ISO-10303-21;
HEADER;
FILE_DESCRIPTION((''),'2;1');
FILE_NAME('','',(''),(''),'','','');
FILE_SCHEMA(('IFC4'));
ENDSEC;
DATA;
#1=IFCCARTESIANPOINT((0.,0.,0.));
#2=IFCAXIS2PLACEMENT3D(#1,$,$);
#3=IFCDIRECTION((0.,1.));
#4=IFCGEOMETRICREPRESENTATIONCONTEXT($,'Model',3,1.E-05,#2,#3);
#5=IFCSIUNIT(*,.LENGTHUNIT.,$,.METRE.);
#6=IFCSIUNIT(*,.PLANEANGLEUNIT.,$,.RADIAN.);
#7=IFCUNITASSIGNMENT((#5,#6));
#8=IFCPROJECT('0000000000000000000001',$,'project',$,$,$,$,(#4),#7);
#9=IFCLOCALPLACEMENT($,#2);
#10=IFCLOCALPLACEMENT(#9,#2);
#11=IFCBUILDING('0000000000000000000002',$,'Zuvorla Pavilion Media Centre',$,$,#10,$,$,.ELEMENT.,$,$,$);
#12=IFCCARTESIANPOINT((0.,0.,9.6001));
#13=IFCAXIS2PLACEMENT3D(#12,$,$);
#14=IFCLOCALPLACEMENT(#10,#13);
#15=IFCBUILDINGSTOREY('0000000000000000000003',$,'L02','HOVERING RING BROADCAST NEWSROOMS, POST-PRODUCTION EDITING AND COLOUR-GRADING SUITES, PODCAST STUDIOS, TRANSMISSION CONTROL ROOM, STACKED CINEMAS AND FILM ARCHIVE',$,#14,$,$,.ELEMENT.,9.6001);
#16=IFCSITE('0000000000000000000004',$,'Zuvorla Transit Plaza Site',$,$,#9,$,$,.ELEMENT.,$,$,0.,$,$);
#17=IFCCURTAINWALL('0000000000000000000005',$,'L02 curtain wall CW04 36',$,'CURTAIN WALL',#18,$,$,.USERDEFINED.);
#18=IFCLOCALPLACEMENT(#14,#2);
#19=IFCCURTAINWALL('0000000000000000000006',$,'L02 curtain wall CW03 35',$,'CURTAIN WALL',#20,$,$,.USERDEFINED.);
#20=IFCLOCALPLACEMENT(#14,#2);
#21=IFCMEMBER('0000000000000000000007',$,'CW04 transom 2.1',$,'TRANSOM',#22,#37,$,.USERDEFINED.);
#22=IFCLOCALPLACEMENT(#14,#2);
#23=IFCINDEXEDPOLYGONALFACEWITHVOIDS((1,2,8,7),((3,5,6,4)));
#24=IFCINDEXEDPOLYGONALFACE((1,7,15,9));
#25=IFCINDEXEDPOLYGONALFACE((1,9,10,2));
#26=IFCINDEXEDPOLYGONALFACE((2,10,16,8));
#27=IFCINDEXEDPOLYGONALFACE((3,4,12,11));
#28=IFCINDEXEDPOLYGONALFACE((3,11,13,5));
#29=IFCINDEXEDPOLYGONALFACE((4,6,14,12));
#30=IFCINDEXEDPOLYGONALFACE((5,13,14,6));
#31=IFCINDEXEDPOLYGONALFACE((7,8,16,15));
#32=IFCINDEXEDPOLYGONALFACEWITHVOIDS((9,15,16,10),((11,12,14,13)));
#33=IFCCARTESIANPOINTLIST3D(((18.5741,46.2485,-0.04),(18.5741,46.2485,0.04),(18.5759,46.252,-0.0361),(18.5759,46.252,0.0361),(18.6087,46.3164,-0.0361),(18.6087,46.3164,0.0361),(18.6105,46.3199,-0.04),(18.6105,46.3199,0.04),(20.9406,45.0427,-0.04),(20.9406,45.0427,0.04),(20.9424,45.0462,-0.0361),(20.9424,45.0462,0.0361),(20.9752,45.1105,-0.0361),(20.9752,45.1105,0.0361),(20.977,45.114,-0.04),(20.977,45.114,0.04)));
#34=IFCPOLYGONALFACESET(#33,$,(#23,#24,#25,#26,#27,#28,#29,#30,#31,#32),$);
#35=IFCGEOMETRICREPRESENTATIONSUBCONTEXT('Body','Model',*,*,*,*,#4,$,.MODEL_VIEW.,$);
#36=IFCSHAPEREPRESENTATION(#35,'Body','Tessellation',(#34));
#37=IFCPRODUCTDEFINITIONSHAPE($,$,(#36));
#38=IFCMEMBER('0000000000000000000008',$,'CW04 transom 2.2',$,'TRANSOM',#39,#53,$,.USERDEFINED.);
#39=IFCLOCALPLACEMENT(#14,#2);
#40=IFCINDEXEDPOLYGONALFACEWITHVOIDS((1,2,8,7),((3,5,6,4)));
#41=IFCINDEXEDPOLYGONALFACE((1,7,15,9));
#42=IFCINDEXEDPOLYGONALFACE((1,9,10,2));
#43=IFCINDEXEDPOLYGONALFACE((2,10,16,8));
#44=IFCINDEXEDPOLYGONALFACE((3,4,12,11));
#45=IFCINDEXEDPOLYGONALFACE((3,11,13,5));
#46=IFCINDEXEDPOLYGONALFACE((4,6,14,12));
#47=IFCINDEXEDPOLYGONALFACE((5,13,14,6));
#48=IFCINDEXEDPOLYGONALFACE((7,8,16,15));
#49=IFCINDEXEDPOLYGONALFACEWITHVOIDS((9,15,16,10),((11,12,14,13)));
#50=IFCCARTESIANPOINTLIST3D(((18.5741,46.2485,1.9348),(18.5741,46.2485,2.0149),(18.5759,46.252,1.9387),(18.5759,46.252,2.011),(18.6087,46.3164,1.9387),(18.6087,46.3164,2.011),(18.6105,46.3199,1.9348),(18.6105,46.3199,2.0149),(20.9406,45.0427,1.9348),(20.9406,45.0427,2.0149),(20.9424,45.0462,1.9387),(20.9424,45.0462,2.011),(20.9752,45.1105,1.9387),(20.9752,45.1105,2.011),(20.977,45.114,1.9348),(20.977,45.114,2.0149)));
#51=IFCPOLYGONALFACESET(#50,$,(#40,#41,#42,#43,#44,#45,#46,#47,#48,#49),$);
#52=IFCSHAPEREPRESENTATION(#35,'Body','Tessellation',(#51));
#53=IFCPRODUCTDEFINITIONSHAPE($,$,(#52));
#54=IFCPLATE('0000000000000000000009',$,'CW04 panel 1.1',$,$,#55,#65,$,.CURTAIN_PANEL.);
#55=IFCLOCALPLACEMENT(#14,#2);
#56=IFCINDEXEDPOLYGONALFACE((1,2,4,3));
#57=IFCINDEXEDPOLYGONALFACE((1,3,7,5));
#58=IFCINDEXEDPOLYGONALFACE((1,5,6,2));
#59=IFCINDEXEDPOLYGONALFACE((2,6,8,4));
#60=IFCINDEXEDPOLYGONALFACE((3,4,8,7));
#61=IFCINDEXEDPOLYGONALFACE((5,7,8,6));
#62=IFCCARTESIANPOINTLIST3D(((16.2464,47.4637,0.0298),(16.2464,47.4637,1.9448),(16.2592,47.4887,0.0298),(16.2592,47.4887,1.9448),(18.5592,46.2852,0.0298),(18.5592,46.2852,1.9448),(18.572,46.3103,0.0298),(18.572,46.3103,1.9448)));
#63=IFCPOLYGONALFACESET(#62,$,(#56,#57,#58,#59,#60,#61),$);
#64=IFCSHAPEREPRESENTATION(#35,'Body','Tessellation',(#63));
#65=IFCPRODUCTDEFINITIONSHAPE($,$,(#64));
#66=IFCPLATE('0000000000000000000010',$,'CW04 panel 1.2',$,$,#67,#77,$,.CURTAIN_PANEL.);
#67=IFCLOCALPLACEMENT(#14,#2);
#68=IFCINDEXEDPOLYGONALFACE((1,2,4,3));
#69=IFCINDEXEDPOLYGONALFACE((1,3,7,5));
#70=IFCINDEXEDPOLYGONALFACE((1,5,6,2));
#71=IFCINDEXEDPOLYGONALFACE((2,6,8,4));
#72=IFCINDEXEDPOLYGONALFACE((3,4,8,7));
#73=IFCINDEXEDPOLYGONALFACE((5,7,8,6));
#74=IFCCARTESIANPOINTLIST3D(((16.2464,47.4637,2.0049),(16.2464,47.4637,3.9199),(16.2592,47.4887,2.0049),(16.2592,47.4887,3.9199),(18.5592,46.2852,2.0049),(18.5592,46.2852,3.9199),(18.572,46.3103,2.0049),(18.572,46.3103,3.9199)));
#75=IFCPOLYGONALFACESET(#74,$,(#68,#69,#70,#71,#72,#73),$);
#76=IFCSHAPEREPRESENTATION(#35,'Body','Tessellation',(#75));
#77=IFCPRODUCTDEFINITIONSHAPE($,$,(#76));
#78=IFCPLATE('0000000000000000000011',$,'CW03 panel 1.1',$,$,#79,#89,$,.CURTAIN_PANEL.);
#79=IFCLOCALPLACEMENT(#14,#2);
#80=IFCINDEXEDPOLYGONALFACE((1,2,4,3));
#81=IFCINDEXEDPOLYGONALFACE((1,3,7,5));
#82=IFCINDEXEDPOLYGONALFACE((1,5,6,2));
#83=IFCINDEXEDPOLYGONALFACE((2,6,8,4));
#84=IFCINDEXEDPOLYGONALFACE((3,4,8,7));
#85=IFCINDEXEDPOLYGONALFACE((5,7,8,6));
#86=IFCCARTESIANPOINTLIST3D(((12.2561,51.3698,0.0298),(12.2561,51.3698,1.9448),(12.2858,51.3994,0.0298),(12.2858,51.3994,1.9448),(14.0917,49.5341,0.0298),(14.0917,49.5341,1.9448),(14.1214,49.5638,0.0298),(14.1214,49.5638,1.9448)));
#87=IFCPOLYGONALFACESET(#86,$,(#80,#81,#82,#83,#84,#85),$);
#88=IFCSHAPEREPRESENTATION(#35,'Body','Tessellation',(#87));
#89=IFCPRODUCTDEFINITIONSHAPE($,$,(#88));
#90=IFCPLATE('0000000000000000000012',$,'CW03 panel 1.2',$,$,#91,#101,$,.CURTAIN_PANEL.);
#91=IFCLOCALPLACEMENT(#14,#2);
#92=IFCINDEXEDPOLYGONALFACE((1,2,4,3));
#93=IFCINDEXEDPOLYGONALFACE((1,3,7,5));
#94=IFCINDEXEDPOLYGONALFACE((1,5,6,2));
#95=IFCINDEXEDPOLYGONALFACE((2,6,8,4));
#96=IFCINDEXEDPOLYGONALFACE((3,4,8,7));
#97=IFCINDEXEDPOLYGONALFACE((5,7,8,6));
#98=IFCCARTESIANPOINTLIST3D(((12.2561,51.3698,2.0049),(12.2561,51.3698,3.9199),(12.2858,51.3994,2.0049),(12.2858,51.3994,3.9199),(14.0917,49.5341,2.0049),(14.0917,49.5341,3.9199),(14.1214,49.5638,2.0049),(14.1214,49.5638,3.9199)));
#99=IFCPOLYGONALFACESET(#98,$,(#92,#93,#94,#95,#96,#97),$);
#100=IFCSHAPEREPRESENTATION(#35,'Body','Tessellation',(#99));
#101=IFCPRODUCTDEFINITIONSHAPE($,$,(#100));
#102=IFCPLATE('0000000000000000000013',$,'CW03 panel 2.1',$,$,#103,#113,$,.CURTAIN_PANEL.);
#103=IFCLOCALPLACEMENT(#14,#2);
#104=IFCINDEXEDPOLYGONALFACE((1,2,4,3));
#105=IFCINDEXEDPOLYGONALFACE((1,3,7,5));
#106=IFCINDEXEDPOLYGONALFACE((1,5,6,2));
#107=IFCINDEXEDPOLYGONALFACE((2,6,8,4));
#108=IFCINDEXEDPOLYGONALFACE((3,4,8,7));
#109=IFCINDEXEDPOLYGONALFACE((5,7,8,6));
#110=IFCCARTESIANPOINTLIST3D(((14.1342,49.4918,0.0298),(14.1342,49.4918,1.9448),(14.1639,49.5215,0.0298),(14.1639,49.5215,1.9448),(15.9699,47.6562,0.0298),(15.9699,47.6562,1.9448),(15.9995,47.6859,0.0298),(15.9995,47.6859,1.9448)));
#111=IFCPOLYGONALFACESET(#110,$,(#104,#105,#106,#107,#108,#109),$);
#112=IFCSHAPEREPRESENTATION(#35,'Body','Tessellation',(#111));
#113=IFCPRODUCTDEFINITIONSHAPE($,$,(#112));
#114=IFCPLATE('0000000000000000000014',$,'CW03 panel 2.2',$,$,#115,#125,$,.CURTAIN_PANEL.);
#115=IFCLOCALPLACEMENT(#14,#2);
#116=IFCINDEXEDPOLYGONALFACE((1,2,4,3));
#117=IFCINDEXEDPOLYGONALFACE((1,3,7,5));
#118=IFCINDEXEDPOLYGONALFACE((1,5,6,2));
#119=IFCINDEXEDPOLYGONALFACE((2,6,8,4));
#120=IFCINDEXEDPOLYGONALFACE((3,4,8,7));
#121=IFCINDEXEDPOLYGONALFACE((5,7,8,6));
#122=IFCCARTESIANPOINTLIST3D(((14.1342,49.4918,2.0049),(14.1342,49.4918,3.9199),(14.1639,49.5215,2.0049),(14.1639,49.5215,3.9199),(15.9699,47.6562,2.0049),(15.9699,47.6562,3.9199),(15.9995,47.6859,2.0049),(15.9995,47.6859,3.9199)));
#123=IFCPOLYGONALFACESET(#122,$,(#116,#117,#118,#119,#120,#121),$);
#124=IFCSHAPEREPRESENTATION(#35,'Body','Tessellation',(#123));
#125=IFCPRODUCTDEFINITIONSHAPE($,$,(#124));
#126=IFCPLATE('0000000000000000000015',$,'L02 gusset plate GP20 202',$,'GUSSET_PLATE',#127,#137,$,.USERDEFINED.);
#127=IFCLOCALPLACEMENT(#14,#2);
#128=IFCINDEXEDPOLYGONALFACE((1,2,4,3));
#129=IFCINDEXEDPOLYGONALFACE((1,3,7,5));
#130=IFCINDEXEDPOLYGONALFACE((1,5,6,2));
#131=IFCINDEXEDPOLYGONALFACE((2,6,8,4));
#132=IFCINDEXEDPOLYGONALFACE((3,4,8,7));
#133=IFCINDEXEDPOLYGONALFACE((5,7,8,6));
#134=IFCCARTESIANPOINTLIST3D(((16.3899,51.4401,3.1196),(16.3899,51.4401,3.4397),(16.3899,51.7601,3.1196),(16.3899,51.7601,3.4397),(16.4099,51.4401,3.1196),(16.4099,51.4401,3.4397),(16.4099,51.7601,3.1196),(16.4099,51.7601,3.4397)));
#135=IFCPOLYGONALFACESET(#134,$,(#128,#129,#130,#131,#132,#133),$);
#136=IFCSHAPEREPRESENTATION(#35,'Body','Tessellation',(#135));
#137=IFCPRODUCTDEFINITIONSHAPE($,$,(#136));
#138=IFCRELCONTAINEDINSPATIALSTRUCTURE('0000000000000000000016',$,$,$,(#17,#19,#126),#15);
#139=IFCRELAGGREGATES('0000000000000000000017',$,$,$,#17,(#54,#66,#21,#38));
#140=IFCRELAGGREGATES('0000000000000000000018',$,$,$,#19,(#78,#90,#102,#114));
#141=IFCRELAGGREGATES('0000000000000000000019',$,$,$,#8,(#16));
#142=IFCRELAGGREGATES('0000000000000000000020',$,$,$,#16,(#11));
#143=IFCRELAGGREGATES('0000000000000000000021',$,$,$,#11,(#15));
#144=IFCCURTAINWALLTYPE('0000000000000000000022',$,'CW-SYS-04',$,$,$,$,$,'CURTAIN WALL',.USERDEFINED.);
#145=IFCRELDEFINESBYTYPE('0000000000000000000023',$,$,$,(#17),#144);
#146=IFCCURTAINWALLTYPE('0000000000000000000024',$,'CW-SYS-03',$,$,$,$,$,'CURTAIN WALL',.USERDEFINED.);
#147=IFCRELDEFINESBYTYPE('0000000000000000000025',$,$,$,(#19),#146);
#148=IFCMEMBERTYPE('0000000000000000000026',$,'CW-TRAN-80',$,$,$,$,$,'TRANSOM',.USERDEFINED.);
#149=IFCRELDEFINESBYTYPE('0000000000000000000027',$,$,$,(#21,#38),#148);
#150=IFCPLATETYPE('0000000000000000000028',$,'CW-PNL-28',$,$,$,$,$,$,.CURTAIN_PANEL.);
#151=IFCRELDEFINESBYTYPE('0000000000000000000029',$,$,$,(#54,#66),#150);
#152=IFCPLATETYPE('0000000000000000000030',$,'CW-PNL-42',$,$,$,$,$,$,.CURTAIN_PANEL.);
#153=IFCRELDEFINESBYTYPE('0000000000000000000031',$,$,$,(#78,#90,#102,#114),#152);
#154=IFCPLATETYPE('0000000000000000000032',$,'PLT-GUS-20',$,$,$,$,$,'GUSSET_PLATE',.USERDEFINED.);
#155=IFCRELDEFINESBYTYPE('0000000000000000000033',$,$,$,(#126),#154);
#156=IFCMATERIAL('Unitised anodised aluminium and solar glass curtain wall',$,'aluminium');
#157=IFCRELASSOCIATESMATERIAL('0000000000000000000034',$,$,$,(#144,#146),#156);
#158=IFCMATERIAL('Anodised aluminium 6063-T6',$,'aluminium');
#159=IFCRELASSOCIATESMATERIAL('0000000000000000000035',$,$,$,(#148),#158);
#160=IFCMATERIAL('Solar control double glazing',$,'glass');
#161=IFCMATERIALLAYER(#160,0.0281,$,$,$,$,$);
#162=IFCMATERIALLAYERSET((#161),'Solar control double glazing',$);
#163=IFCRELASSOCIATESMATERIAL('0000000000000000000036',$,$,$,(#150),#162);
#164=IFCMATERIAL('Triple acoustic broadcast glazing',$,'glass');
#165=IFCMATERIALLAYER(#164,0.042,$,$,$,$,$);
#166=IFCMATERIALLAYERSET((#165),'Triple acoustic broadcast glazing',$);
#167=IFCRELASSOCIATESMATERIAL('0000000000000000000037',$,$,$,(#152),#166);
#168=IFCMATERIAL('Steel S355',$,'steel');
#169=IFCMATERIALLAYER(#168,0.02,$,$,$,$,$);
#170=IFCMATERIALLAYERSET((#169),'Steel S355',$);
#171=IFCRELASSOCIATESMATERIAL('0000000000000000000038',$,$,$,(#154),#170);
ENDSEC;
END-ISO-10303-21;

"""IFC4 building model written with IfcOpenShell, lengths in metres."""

from ifc_helpers import new_model, si_unit, direction, frame, origin, origin_2d, place, context, subcontext, project, spatial, rectangle, hollow_rectangle, extrude, material, layer, layer_set, material_profile, profile_set, type_object, element, aggregate, save


model = new_model("IFC4")

# Units and contexts
model_context = context("Model", 3, precision=1e-05, world=origin(), true_north=direction((0.0, 1.0)))
body_context = subcontext(model_context, "Body", "Model", "MODEL_VIEW")
ifc_project = project(units=[si_unit("LENGTHUNIT", "METRE"), si_unit("PLANEANGLEUNIT", "RADIAN")], contexts=[model_context])

# Site, building, storey
site_placement = place(None, origin())
site = spatial("IfcSite", under=ifc_project, at=site_placement, Name="Zuvorla Transit Plaza Site", CompositionType="ELEMENT", RefElevation=0.0)
building_placement = place(site_placement, origin())
building = spatial("IfcBuilding", under=site, at=building_placement, Name="Zuvorla Pavilion Media Centre", CompositionType="ELEMENT")
storey_placement = place(building_placement, frame((0.0, 0.0, 9.6001)))
storey = spatial("IfcBuildingStorey", under=building, at=storey_placement, Name="L02", Description="HOVERING RING BROADCAST NEWSROOMS, POST-PRODUCTION EDITING AND COLOUR-GRADING SUITES, PODCAST STUDIOS, TRANSMISSION CONTROL ROOM, STACKED CINEMAS AND FILM ARCHIVE", CompositionType="ELEMENT", Elevation=9.6001)

# Shared definitions
ifc_material_1 = material(Name="Steel S355", Category="steel")

# Shared definitions
ifc_material_2 = material(Name="Unitised anodised aluminium and solar glass curtain wall", Category="aluminium")
ifc_material_3 = material(Name="Anodised aluminium 6063-T6", Category="aluminium")

# Curtain walls
curtain_wall_type_1 = type_object("IfcCurtainWallType", Name="CW-SYS-04", ElementType="CURTAIN WALL", PredefinedType="USERDEFINED", material=ifc_material_2)
curtain_wall_1_placement = place(storey_placement, origin())
curtain_wall_1 = element("IfcCurtainWall", 1, at=curtain_wall_1_placement, inside=storey, type_object=curtain_wall_type_1, Name="L02 curtain wall CW04 36", ObjectType="CURTAIN WALL", PredefinedType="USERDEFINED")
curtain_wall_type_2 = type_object("IfcCurtainWallType", Name="CW-SYS-03", ElementType="CURTAIN WALL", PredefinedType="USERDEFINED", material=ifc_material_2)
curtain_wall_2_placement = place(storey_placement, origin())
curtain_wall_2 = element("IfcCurtainWall", 2, at=curtain_wall_2_placement, inside=storey, type_object=curtain_wall_type_2, Name="L02 curtain wall CW03 35", ObjectType="CURTAIN WALL", PredefinedType="USERDEFINED")

# Members
ifc_material_profile_1 = material_profile(ifc_material_3, hollow_rectangle(XDim=0.0801, YDim=0.0801, WallThickness=0.0039, at=origin_2d()), Name="ALU TRAN 80x80")
ifc_profile_set_1 = profile_set([ifc_material_profile_1], Name="Anodised aluminium 6063-T6")
member_type_1 = type_object("IfcMemberType", Name="CW-TRAN-80", ElementType="TRANSOM", PredefinedType="USERDEFINED", material=ifc_profile_set_1)
member_1_placement = place(storey_placement, frame((18.5923, 46.2842, 0.0), z_axis=(0.891, -0.454003, 0.0), x_axis=(0.454003, 0.891, 0.0)))
member_1 = element("IfcMember", 3, at=member_1_placement, type_object=member_type_1, Name="CW04 transom 2.1", ObjectType="TRANSOM", PredefinedType="USERDEFINED", context=body_context, shape_type="SweptSolid", body=[
    extrude(hollow_rectangle(XDim=0.0801, YDim=0.0801, WallThickness=0.0039, at=origin_2d()), origin(), (0.0, 0.0, 1.0), 2.656),
])
member_2_placement = place(storey_placement, frame((18.5923, 46.2842, 1.9749), z_axis=(0.891, -0.454003, 0.0), x_axis=(0.454003, 0.891, 0.0)))
member_2 = element("IfcMember", 4, at=member_2_placement, type_object=member_type_1, Name="CW04 transom 2.2", ObjectType="TRANSOM", PredefinedType="USERDEFINED", context=body_context, shape_type="SweptSolid", body=[
    extrude(hollow_rectangle(XDim=0.0801, YDim=0.0801, WallThickness=0.0039, at=origin_2d()), origin(), (0.0, 0.0, 1.0), 2.656),
])

# Plates
ifc_material_4 = material(Name="Solar control double glazing", Category="glass")
ifc_layer_1 = layer(ifc_material_4, 0.0281)
ifc_layer_set_1 = layer_set([ifc_layer_1], Name="Solar control double glazing")
plate_type_1 = type_object("IfcPlateType", Name="CW-PNL-28", PredefinedType="CURTAIN_PANEL", material=ifc_layer_set_1)
plate_1_placement = place(storey_placement, frame((17.4092, 46.887, 0.0298), z_axis=(0.0, 0.0, 1.0), x_axis=(0.891009, -0.453986, 0.0)))
plate_1 = element("IfcPlate", 5, at=plate_1_placement, type_object=plate_type_1, Name="CW04 panel 1.1", PredefinedType="CURTAIN_PANEL", context=body_context, shape_type="SweptSolid", body=[
    extrude(rectangle(XDim=2.5957, YDim=0.0281, at=origin_2d()), origin(), (0.0, 0.0, 1.0), 1.915),
])
plate_2_placement = place(storey_placement, frame((17.4092, 46.887, 2.0049), z_axis=(0.0, 0.0, 1.0), x_axis=(0.891009, -0.453986, 0.0)))
plate_2 = element("IfcPlate", 6, at=plate_2_placement, type_object=plate_type_1, Name="CW04 panel 1.2", PredefinedType="CURTAIN_PANEL", context=body_context, shape_type="SweptSolid", body=[
    extrude(rectangle(XDim=2.5957, YDim=0.0281, at=origin_2d()), origin(), (0.0, 0.0, 1.0), 1.915),
])
aggregate(curtain_wall_1, [plate_1, plate_2, member_1, member_2])
ifc_material_5 = material(Name="Triple acoustic broadcast glazing", Category="glass")
ifc_layer_2 = layer(ifc_material_5, 0.042)
ifc_layer_set_2 = layer_set([ifc_layer_2], Name="Triple acoustic broadcast glazing")
plate_type_2 = type_object("IfcPlateType", Name="CW-PNL-42", PredefinedType="CURTAIN_PANEL", material=ifc_layer_set_2)
plate_3_placement = place(storey_placement, frame((13.1887, 50.4668, 0.0298), z_axis=(0.0, 0.0, 1.0), x_axis=(0.707107, -0.707107, 0.0)))
plate_3 = element("IfcPlate", 7, at=plate_3_placement, type_object=plate_type_2, Name="CW03 panel 1.1", PredefinedType="CURTAIN_PANEL", context=body_context, shape_type="SweptSolid", body=[
    extrude(rectangle(XDim=2.5959, YDim=0.042, at=origin_2d()), origin(), (0.0, 0.0, 1.0), 1.915),
])
plate_4_placement = place(storey_placement, frame((13.1887, 50.4668, 2.0049), z_axis=(0.0, 0.0, 1.0), x_axis=(0.707107, -0.707107, 0.0)))
plate_4 = element("IfcPlate", 8, at=plate_4_placement, type_object=plate_type_2, Name="CW03 panel 1.2", PredefinedType="CURTAIN_PANEL", context=body_context, shape_type="SweptSolid", body=[
    extrude(rectangle(XDim=2.5959, YDim=0.042, at=origin_2d()), origin(), (0.0, 0.0, 1.0), 1.915),
])
plate_5_placement = place(storey_placement, frame((15.0669, 48.5889, 0.0298), z_axis=(0.0, 0.0, 1.0), x_axis=(0.707107, -0.707107, 0.0)))
plate_5 = element("IfcPlate", 9, at=plate_5_placement, type_object=plate_type_2, Name="CW03 panel 2.1", PredefinedType="CURTAIN_PANEL", context=body_context, shape_type="SweptSolid", body=[
    extrude(rectangle(XDim=2.5959, YDim=0.042, at=origin_2d()), origin(), (0.0, 0.0, 1.0), 1.915),
])
plate_6_placement = place(storey_placement, frame((15.0669, 48.5889, 2.0049), z_axis=(0.0, 0.0, 1.0), x_axis=(0.707107, -0.707107, 0.0)))
plate_6 = element("IfcPlate", 10, at=plate_6_placement, type_object=plate_type_2, Name="CW03 panel 2.2", PredefinedType="CURTAIN_PANEL", context=body_context, shape_type="SweptSolid", body=[
    extrude(rectangle(XDim=2.5959, YDim=0.042, at=origin_2d()), origin(), (0.0, 0.0, 1.0), 1.915),
])
aggregate(curtain_wall_2, [plate_3, plate_4, plate_5, plate_6])
ifc_layer_3 = layer(ifc_material_1, 0.02)
ifc_layer_set_3 = layer_set([ifc_layer_3], Name="Steel S355")
plate_type_3 = type_object("IfcPlateType", Name="PLT-GUS-20", ElementType="GUSSET_PLATE", PredefinedType="USERDEFINED", material=ifc_layer_set_3)
plate_7_placement = place(storey_placement, frame((16.3999, 51.6001, 3.1196), z_axis=(0.0, 0.0, 1.0), x_axis=(1.0, 0.0, 0.0)))
element("IfcPlate", 11, at=plate_7_placement, inside=storey, type_object=plate_type_3, Name="L02 gusset plate GP20 202", ObjectType="GUSSET_PLATE", PredefinedType="USERDEFINED", context=body_context, shape_type="SweptSolid", body=[
    extrude(rectangle(XDim=0.02, YDim=0.3201, at=origin_2d()), origin(), (0.0, 0.0, 1.0), 0.3201),
])

save(model, "model.ifc")
